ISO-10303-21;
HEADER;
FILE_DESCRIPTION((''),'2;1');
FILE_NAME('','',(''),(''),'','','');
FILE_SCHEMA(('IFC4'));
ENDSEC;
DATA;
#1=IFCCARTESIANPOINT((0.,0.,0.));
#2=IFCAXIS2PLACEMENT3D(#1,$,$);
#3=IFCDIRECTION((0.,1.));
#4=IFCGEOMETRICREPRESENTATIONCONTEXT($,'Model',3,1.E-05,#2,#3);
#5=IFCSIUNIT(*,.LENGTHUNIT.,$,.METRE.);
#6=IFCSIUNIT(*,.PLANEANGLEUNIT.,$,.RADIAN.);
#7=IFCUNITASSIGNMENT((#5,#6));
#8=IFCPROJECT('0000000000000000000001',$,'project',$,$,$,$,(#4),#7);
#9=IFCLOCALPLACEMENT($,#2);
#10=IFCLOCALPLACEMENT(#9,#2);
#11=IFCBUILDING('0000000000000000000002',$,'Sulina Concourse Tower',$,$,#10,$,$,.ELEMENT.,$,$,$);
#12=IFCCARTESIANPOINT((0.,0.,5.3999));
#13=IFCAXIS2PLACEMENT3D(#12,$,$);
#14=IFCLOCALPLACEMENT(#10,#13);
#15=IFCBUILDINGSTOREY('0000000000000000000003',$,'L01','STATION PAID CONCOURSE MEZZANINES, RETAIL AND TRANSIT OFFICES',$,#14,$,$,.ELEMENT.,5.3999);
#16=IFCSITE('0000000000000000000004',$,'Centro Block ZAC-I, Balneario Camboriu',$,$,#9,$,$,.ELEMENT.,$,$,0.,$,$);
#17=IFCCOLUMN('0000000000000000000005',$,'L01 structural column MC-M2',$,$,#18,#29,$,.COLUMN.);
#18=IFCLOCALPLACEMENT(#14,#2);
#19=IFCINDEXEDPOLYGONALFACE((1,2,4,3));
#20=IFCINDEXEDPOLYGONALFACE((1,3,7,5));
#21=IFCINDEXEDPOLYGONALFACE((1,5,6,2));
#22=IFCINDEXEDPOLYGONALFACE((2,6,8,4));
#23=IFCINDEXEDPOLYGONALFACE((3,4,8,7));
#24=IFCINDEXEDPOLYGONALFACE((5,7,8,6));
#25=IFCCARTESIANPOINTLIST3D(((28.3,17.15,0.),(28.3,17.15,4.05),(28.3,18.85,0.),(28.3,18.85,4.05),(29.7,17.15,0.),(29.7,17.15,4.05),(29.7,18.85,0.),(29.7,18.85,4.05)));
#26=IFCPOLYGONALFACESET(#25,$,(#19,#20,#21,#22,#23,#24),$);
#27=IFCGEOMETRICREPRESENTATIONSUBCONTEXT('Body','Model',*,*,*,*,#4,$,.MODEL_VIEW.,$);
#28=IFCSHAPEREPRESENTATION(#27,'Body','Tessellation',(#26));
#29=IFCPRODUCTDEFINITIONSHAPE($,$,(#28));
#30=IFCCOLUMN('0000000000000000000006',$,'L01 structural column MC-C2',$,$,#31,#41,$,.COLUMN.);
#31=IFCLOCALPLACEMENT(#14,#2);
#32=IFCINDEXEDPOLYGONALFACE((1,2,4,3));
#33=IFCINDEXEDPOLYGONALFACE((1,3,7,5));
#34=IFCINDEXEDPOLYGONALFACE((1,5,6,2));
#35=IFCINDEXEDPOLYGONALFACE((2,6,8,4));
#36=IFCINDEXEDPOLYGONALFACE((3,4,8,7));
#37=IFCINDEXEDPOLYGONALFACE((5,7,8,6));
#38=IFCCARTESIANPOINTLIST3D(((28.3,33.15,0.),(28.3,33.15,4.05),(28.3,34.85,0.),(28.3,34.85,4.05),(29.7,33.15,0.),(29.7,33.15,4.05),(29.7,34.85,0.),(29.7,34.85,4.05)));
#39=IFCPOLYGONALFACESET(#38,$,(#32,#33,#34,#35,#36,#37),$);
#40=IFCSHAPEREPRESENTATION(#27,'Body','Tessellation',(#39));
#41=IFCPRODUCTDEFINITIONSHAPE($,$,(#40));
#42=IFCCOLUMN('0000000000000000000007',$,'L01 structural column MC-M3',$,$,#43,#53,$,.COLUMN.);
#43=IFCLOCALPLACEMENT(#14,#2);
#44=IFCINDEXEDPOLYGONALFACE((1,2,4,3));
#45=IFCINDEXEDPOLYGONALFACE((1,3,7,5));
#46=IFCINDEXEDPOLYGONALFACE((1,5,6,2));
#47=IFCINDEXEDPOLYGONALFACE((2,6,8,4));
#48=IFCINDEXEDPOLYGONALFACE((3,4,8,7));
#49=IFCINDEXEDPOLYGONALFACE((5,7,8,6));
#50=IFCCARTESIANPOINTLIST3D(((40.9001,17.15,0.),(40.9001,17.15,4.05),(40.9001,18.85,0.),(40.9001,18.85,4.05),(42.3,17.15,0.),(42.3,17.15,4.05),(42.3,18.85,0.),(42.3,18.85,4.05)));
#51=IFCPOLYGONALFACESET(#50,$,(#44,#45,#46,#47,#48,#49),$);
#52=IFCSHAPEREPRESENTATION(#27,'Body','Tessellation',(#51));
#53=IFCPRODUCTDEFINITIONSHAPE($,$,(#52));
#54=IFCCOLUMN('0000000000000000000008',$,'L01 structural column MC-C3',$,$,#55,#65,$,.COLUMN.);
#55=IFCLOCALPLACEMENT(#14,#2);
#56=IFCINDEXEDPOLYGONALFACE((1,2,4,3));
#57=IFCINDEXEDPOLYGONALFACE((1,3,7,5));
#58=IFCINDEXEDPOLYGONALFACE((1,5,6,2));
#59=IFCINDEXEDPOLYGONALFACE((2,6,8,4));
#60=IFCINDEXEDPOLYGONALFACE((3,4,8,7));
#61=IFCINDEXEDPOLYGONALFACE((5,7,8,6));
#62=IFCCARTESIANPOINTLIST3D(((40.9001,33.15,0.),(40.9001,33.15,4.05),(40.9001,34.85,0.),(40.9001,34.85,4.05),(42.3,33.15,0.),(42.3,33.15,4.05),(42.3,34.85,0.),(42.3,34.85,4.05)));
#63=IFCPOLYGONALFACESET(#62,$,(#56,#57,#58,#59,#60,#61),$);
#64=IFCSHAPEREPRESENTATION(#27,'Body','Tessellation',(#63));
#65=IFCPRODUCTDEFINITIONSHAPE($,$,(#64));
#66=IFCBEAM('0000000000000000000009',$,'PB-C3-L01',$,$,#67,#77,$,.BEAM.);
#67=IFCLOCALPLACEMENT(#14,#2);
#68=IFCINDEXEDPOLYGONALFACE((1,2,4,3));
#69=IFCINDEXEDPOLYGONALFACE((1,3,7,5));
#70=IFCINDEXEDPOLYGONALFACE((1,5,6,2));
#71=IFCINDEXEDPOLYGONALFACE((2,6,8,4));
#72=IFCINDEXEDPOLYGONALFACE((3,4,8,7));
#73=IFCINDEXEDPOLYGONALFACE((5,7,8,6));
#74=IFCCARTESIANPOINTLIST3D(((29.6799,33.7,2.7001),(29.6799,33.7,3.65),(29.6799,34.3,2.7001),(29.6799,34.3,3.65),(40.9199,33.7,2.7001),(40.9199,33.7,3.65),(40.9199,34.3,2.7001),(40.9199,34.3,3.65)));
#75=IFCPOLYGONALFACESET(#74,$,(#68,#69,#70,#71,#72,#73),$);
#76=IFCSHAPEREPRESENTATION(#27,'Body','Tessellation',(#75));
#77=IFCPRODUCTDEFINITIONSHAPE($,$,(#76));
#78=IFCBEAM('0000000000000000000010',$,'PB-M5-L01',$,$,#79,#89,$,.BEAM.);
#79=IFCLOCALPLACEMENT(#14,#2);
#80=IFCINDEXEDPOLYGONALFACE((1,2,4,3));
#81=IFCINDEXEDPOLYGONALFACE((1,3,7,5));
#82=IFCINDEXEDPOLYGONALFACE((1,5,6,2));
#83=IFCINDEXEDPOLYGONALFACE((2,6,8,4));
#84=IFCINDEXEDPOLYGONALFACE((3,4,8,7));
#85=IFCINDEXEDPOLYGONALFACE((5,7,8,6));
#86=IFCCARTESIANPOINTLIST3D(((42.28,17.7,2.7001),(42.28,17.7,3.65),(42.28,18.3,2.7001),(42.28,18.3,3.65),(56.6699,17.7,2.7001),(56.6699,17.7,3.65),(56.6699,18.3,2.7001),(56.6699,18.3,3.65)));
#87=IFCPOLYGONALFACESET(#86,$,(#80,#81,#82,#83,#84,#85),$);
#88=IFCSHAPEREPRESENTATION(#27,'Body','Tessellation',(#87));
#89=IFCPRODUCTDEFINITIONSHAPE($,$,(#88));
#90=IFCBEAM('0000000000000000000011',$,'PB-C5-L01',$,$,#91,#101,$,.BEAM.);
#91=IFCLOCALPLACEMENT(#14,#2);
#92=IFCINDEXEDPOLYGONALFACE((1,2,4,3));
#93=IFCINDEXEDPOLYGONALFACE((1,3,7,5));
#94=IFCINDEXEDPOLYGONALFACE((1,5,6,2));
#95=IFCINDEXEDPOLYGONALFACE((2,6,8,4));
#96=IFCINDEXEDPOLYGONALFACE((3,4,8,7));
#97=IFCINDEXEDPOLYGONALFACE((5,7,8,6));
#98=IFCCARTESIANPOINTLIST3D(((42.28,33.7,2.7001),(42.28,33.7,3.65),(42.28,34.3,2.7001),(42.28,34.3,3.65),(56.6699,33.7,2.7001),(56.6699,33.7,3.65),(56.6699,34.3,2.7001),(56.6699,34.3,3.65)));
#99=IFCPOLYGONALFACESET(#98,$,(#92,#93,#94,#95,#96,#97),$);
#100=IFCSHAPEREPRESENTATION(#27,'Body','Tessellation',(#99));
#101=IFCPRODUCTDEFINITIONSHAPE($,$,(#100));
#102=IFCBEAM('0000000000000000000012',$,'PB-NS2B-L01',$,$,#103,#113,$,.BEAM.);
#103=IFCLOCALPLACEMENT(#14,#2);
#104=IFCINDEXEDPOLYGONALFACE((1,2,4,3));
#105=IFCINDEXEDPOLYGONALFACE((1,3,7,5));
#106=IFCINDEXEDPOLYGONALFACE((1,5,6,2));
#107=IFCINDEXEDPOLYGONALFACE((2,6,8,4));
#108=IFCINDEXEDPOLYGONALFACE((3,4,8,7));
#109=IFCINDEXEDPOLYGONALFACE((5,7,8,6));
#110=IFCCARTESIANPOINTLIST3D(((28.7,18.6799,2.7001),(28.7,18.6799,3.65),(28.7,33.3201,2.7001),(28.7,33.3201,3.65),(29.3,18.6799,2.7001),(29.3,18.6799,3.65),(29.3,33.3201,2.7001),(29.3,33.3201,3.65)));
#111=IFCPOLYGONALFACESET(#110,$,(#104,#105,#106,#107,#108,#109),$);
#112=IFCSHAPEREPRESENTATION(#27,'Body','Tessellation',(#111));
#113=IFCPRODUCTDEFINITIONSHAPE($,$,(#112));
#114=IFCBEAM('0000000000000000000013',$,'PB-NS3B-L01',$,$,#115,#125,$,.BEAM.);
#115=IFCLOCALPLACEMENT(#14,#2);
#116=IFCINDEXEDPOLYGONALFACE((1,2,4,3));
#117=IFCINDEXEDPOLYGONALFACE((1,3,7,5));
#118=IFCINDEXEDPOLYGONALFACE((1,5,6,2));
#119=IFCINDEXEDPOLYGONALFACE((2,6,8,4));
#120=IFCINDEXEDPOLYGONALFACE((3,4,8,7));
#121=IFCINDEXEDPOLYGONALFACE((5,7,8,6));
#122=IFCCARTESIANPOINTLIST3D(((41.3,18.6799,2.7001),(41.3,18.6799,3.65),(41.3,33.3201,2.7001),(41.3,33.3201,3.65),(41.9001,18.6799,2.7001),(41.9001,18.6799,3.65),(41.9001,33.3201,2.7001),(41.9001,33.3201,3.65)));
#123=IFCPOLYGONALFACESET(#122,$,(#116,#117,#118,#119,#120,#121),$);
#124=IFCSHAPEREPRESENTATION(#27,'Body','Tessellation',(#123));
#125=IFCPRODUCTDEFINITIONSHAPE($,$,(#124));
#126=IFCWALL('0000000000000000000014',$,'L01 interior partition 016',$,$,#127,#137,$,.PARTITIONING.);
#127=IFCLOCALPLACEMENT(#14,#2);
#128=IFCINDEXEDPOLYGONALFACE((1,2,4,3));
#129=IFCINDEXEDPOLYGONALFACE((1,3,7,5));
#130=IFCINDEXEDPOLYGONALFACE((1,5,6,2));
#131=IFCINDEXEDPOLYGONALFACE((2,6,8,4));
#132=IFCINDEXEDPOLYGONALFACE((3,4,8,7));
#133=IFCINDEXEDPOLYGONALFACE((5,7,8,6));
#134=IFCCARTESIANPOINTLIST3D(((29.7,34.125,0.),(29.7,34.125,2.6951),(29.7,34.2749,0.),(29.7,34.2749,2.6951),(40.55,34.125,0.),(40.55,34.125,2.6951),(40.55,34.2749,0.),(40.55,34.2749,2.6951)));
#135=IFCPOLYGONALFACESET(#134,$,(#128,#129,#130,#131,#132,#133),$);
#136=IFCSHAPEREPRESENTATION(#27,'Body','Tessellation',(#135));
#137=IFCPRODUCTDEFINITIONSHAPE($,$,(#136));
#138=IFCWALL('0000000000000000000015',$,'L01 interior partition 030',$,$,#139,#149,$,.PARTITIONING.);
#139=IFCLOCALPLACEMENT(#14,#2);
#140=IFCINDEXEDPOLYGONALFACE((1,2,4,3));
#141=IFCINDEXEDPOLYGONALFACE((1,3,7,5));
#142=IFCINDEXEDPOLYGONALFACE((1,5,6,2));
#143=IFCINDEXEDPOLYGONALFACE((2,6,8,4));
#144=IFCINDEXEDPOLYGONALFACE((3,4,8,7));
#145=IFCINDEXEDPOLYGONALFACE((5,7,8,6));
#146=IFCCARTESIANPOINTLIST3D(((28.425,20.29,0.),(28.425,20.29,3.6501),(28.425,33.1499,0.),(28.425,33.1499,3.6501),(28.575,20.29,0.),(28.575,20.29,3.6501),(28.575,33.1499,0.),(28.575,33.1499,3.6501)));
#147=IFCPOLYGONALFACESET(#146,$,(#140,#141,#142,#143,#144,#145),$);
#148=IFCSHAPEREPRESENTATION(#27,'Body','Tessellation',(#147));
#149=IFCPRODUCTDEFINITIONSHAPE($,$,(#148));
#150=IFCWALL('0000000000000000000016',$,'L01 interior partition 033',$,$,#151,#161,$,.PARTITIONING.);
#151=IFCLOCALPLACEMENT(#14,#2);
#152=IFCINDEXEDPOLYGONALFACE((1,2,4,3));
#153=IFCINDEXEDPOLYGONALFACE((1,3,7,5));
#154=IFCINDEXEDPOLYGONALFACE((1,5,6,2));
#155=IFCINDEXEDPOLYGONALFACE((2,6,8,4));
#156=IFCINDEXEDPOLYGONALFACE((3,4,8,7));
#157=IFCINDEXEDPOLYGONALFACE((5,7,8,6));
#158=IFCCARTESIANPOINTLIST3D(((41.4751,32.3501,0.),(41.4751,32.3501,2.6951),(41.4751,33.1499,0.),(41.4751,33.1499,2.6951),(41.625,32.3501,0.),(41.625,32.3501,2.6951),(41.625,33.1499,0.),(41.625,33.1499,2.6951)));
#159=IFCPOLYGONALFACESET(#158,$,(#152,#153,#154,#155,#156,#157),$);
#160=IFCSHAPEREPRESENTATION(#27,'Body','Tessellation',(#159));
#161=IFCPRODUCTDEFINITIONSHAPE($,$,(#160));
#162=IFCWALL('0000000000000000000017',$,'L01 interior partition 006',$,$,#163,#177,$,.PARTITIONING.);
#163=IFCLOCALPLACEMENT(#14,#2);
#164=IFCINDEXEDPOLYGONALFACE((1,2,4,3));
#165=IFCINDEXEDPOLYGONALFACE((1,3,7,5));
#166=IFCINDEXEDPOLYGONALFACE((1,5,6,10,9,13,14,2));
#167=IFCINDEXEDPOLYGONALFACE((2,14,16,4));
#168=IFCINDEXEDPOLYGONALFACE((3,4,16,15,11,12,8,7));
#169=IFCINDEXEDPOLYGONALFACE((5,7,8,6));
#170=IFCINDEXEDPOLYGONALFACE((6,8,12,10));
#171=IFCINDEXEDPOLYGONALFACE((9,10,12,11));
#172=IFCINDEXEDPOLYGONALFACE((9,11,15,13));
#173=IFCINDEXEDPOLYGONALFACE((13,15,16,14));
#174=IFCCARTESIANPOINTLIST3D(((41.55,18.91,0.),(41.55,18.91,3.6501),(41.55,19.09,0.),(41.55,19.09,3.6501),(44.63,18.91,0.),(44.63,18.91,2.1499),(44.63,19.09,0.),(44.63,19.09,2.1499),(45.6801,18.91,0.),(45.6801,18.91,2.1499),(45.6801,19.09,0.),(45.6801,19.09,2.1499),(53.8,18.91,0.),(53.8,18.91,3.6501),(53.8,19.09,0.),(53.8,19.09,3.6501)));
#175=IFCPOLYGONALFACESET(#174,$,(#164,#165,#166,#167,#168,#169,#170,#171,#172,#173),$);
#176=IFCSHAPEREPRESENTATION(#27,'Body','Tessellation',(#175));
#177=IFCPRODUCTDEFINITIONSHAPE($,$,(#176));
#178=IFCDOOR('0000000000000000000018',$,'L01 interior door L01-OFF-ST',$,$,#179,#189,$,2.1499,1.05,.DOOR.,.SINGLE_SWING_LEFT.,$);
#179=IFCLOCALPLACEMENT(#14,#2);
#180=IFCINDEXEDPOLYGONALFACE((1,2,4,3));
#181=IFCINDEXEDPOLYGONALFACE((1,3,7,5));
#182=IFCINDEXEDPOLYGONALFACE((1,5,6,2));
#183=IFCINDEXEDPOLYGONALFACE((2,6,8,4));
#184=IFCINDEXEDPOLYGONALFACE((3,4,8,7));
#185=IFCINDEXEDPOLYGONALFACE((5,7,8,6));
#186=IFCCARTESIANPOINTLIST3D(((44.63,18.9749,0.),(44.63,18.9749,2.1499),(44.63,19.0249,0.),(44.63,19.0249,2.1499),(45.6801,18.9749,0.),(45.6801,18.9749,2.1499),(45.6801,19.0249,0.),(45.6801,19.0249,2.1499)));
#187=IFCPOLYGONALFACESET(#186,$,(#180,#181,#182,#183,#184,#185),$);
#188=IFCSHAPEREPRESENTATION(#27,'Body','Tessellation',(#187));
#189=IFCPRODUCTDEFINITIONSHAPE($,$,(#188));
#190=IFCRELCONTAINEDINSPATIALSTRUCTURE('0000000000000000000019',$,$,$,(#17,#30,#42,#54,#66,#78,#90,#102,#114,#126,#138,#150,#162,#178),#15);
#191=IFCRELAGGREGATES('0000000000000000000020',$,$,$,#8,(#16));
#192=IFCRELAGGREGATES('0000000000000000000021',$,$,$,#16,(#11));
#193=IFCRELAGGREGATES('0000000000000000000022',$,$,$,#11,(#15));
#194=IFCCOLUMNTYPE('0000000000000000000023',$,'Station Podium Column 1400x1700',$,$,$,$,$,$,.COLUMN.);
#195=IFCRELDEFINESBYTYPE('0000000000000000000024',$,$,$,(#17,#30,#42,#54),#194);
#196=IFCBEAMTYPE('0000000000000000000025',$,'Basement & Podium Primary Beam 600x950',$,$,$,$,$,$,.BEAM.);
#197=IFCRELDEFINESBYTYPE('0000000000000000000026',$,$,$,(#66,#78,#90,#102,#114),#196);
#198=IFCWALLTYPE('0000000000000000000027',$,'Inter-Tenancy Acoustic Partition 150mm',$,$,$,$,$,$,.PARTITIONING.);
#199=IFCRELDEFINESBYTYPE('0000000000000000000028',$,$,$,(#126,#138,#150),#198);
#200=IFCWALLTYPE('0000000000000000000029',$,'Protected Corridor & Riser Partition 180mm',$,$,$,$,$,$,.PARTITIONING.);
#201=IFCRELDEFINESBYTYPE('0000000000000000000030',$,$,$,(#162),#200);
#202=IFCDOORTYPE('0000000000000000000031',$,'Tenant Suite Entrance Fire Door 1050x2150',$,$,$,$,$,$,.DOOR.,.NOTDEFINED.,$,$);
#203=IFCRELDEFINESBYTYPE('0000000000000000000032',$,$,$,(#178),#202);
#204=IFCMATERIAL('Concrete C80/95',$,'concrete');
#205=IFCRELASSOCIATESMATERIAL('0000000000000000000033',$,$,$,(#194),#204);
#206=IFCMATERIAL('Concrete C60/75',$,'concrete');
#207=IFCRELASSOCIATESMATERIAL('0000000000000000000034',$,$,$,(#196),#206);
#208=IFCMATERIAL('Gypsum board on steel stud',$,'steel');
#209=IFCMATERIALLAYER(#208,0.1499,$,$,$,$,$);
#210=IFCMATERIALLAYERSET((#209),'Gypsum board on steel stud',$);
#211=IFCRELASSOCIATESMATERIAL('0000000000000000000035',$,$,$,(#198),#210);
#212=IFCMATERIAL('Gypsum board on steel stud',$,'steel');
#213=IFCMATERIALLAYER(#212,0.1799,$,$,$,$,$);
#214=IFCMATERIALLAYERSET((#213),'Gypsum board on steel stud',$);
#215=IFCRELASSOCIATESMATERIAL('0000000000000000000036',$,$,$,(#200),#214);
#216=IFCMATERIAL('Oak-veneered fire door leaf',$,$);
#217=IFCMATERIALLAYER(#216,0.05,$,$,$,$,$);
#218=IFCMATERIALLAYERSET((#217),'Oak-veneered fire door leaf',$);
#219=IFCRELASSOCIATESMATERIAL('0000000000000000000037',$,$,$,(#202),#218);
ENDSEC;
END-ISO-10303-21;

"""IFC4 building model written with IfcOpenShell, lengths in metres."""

from ifc_helpers import new_model, si_unit, direction, frame, frame_2d, origin, origin_2d, place, context, subcontext, project, spatial, rectangle, extrude, material, layer, layer_set, material_profile, profile_set, type_object, element, fill, save


model = new_model("IFC4")

# Units and contexts
model_context = context("Model", 3, precision=1e-05, world=origin(), true_north=direction((0.0, 1.0)))
body_context = subcontext(model_context, "Body", "Model", "MODEL_VIEW")
ifc_project = project(units=[si_unit("LENGTHUNIT", "METRE"), si_unit("PLANEANGLEUNIT", "RADIAN")], contexts=[model_context])

# Site, building, storey
site_placement = place(None, origin())
site = spatial("IfcSite", under=ifc_project, at=site_placement, Name="Centro Block ZAC-I, Balneario Camboriu", CompositionType="ELEMENT", RefElevation=0.0)
building_placement = place(site_placement, origin())
building = spatial("IfcBuilding", under=site, at=building_placement, Name="Sulina Concourse Tower", CompositionType="ELEMENT")
storey_placement = place(building_placement, frame((0.0, 0.0, 5.3999)))
storey = spatial("IfcBuildingStorey", under=building, at=storey_placement, Name="L01", Description="STATION PAID CONCOURSE MEZZANINES, RETAIL AND TRANSIT OFFICES", CompositionType="ELEMENT", Elevation=5.3999)

# Columns
ifc_material_1 = material(Name="Concrete C80/95", Category="concrete")
ifc_material_profile_1 = material_profile(ifc_material_1, rectangle(XDim=1.3999, YDim=1.7, at=origin_2d()), Name="RC 1400x1700")
ifc_profile_set_1 = profile_set([ifc_material_profile_1], Name="Concrete C80/95")
column_type = type_object("IfcColumnType", Name="Station Podium Column 1400x1700", PredefinedType="COLUMN", material=ifc_profile_set_1)
for number, where, z_axis, x_axis, name in (
    (1, (29.0, 18.0, 0.0), (0.0, 0.0, 1.0), (1.0, 0.0, 0.0), "L01 structural column MC-M2"),
    (2, (29.0, 34.0, 0.0), (0.0, 0.0, 1.0), (1.0, 0.0, 0.0), "L01 structural column MC-C2"),
    (3, (41.6001, 18.0, 0.0), (0.0, 0.0, 1.0), (1.0, 0.0, 0.0), "L01 structural column MC-M3"),
    (4, (41.6001, 34.0, 0.0), (0.0, 0.0, 1.0), (1.0, 0.0, 0.0), "L01 structural column MC-C3"),
):
    element("IfcColumn", number, at=place(storey_placement, frame(where, z_axis=z_axis, x_axis=x_axis)), inside=storey, type_object=column_type, Name=name, PredefinedType="COLUMN", context=body_context, shape_type="SweptSolid", body=[
        extrude(rectangle(XDim=1.3999, YDim=1.7, at=origin_2d()), origin(), (0.0, 0.0, 1.0), 4.05),
    ])

# Beams
ifc_material_2 = material(Name="Concrete C60/75", Category="concrete")
ifc_material_profile_2 = material_profile(ifc_material_2, rectangle(XDim=0.6001, YDim=0.95, at=origin_2d()), Name="RC 600x950")
ifc_profile_set_2 = profile_set([ifc_material_profile_2], Name="Concrete C60/75")
beam_type = type_object("IfcBeamType", Name="Basement & Podium Primary Beam 600x950", PredefinedType="BEAM", material=ifc_profile_set_2)
beam_placement = place(storey_placement, frame((29.6799, 34.0, 3.175), z_axis=(1.0, 0.0, 0.0), x_axis=(0.0, 1.0, 0.0)))
element("IfcBeam", 5, at=beam_placement, inside=storey, type_object=beam_type, Name="PB-C3-L01", PredefinedType="BEAM", context=body_context, shape_type="SweptSolid", body=[
    extrude(rectangle(XDim=0.6001, YDim=0.95, at=origin_2d()), origin(), (0.0, 0.0, 1.0), 11.24),
])
for number, where, z_axis, x_axis, name in (
    (6, (42.28, 18.0, 3.175), (1.0, 0.0, 0.0), (0.0, 1.0, 0.0), "PB-M5-L01"),
    (7, (42.28, 34.0, 3.175), (1.0, 0.0, 0.0), (0.0, 1.0, 0.0), "PB-C5-L01"),
):
    element("IfcBeam", number, at=place(storey_placement, frame(where, z_axis=z_axis, x_axis=x_axis)), inside=storey, type_object=beam_type, Name=name, PredefinedType="BEAM", context=body_context, shape_type="SweptSolid", body=[
        extrude(rectangle(XDim=0.6001, YDim=0.95, at=origin_2d()), origin(), (0.0, 0.0, 1.0), 14.3899),
    ])
for number, where, z_axis, x_axis, name in (
    (8, (29.0, 18.6799, 3.175), (0.0, 1.0, 0.0), (-1.0, 0.0, 0.0), "PB-NS2B-L01"),
    (9, (41.6001, 18.6799, 3.175), (0.0, 1.0, 0.0), (-1.0, 0.0, 0.0), "PB-NS3B-L01"),
):
    element("IfcBeam", number, at=place(storey_placement, frame(where, z_axis=z_axis, x_axis=x_axis)), inside=storey, type_object=beam_type, Name=name, PredefinedType="BEAM", context=body_context, shape_type="SweptSolid", body=[
        extrude(rectangle(XDim=0.6001, YDim=0.95, at=origin_2d()), origin(), (0.0, 0.0, 1.0), 14.6401),
    ])

# Walls
ifc_material_3 = material(Name="Gypsum board on steel stud", Category="steel")
ifc_layer_1 = layer(ifc_material_3, 0.1499)
ifc_layer_set_1 = layer_set([ifc_layer_1], Name="Gypsum board on steel stud")
wall_type_1 = type_object("IfcWallType", Name="Inter-Tenancy Acoustic Partition 150mm", PredefinedType="PARTITIONING", material=ifc_layer_set_1)
wall_1_placement = place(storey_placement, frame((29.7, 34.2, 0.0), z_axis=(0.0, 0.0, 1.0), x_axis=(1.0, 0.0, 0.0)))
element("IfcWall", 10, at=wall_1_placement, inside=storey, type_object=wall_type_1, Name="L01 interior partition 016", PredefinedType="PARTITIONING", context=body_context, shape_type="SweptSolid", body=[
    extrude(rectangle(XDim=10.8501, YDim=0.1499, at=frame_2d((5.425, 0.0))), origin(), (0.0, 0.0, 1.0), 2.6951),
])
wall_2_placement = place(storey_placement, frame((28.5, 20.29, 0.0), z_axis=(0.0, 0.0, 1.0), x_axis=(0.0, 1.0, 0.0)))
element("IfcWall", 11, at=wall_2_placement, inside=storey, type_object=wall_type_1, Name="L01 interior partition 030", PredefinedType="PARTITIONING", context=body_context, shape_type="SweptSolid", body=[
    extrude(rectangle(XDim=12.8599, YDim=0.1499, at=frame_2d((6.4299, 0.0))), origin(), (0.0, 0.0, 1.0), 3.6501),
])
wall_3_placement = place(storey_placement, frame((41.55, 32.3501, 0.0), z_axis=(0.0, 0.0, 1.0), x_axis=(0.0, 1.0, 0.0)))
element("IfcWall", 12, at=wall_3_placement, inside=storey, type_object=wall_type_1, Name="L01 interior partition 033", PredefinedType="PARTITIONING", context=body_context, shape_type="SweptSolid", body=[
    extrude(rectangle(XDim=0.7998, YDim=0.1499, at=frame_2d((0.3999, 0.0))), origin(), (0.0, 0.0, 1.0), 2.6951),
])

# Wall, opening, door
ifc_material_4 = material(Name="Gypsum board on steel stud", Category="steel")
ifc_layer_2 = layer(ifc_material_4, 0.1799)
ifc_layer_set_2 = layer_set([ifc_layer_2], Name="Gypsum board on steel stud")
wall_type_2 = type_object("IfcWallType", Name="Protected Corridor & Riser Partition 180mm", PredefinedType="PARTITIONING", material=ifc_layer_set_2)
wall_4_placement = place(storey_placement, frame((41.55, 19.0, 0.0), z_axis=(0.0, 0.0, 1.0), x_axis=(1.0, 0.0, 0.0)))
wall_4 = element("IfcWall", 13, at=wall_4_placement, inside=storey, type_object=wall_type_2, Name="L01 interior partition 006", PredefinedType="PARTITIONING", context=body_context, shape_type="SweptSolid", body=[
    extrude(rectangle(XDim=12.25, YDim=0.1799, at=frame_2d((6.125, 0.0))), origin(), (0.0, 0.0, 1.0), 3.6501),
])
opening_1_placement = place(wall_4_placement, frame((3.0801, 0.0, 0.0)))
opening_1 = element("IfcOpeningElement", 14, at=opening_1_placement, cuts=wall_4, PredefinedType="OPENING", context=body_context, shape_type="SweptSolid", body=[
    extrude(rectangle(XDim=1.05, YDim=2.1499, at=frame_2d((0.5249, 1.075))), frame((0.0, 0.0999, 0.0), z_axis=(0.0, -1.0, 0.0), x_axis=(1.0, 0.0, 0.0)), (0.0, 0.0, 1.0), 0.2),
])
ifc_material_5 = material(Name="Oak-veneered fire door leaf")
ifc_layer_3 = layer(ifc_material_5, 0.05)
ifc_layer_set_3 = layer_set([ifc_layer_3], Name="Oak-veneered fire door leaf")
door_type = type_object("IfcDoorType", Name="Tenant Suite Entrance Fire Door 1050x2150", OperationType="NOTDEFINED", PredefinedType="DOOR", material=ifc_layer_set_3)
door_1_placement = place(opening_1_placement, origin())
door_1 = element("IfcDoor", 15, at=door_1_placement, inside=storey, type_object=door_type, Name="L01 interior door L01-OFF-ST", OperationType="SINGLE_SWING_LEFT", OverallHeight=2.1499, OverallWidth=1.05, PredefinedType="DOOR", context=body_context, shape_type="SweptSolid", body=[
    extrude(rectangle(XDim=1.05, YDim=2.1499, at=frame_2d((0.5249, 1.075))), frame((0.0, 0.0249, 0.0), z_axis=(0.0, -1.0, 0.0), x_axis=(1.0, 0.0, 0.0)), (0.0, 0.0, 1.0), 0.05),
])
fill(opening_1, door_1)

save(model, "model.ifc")
